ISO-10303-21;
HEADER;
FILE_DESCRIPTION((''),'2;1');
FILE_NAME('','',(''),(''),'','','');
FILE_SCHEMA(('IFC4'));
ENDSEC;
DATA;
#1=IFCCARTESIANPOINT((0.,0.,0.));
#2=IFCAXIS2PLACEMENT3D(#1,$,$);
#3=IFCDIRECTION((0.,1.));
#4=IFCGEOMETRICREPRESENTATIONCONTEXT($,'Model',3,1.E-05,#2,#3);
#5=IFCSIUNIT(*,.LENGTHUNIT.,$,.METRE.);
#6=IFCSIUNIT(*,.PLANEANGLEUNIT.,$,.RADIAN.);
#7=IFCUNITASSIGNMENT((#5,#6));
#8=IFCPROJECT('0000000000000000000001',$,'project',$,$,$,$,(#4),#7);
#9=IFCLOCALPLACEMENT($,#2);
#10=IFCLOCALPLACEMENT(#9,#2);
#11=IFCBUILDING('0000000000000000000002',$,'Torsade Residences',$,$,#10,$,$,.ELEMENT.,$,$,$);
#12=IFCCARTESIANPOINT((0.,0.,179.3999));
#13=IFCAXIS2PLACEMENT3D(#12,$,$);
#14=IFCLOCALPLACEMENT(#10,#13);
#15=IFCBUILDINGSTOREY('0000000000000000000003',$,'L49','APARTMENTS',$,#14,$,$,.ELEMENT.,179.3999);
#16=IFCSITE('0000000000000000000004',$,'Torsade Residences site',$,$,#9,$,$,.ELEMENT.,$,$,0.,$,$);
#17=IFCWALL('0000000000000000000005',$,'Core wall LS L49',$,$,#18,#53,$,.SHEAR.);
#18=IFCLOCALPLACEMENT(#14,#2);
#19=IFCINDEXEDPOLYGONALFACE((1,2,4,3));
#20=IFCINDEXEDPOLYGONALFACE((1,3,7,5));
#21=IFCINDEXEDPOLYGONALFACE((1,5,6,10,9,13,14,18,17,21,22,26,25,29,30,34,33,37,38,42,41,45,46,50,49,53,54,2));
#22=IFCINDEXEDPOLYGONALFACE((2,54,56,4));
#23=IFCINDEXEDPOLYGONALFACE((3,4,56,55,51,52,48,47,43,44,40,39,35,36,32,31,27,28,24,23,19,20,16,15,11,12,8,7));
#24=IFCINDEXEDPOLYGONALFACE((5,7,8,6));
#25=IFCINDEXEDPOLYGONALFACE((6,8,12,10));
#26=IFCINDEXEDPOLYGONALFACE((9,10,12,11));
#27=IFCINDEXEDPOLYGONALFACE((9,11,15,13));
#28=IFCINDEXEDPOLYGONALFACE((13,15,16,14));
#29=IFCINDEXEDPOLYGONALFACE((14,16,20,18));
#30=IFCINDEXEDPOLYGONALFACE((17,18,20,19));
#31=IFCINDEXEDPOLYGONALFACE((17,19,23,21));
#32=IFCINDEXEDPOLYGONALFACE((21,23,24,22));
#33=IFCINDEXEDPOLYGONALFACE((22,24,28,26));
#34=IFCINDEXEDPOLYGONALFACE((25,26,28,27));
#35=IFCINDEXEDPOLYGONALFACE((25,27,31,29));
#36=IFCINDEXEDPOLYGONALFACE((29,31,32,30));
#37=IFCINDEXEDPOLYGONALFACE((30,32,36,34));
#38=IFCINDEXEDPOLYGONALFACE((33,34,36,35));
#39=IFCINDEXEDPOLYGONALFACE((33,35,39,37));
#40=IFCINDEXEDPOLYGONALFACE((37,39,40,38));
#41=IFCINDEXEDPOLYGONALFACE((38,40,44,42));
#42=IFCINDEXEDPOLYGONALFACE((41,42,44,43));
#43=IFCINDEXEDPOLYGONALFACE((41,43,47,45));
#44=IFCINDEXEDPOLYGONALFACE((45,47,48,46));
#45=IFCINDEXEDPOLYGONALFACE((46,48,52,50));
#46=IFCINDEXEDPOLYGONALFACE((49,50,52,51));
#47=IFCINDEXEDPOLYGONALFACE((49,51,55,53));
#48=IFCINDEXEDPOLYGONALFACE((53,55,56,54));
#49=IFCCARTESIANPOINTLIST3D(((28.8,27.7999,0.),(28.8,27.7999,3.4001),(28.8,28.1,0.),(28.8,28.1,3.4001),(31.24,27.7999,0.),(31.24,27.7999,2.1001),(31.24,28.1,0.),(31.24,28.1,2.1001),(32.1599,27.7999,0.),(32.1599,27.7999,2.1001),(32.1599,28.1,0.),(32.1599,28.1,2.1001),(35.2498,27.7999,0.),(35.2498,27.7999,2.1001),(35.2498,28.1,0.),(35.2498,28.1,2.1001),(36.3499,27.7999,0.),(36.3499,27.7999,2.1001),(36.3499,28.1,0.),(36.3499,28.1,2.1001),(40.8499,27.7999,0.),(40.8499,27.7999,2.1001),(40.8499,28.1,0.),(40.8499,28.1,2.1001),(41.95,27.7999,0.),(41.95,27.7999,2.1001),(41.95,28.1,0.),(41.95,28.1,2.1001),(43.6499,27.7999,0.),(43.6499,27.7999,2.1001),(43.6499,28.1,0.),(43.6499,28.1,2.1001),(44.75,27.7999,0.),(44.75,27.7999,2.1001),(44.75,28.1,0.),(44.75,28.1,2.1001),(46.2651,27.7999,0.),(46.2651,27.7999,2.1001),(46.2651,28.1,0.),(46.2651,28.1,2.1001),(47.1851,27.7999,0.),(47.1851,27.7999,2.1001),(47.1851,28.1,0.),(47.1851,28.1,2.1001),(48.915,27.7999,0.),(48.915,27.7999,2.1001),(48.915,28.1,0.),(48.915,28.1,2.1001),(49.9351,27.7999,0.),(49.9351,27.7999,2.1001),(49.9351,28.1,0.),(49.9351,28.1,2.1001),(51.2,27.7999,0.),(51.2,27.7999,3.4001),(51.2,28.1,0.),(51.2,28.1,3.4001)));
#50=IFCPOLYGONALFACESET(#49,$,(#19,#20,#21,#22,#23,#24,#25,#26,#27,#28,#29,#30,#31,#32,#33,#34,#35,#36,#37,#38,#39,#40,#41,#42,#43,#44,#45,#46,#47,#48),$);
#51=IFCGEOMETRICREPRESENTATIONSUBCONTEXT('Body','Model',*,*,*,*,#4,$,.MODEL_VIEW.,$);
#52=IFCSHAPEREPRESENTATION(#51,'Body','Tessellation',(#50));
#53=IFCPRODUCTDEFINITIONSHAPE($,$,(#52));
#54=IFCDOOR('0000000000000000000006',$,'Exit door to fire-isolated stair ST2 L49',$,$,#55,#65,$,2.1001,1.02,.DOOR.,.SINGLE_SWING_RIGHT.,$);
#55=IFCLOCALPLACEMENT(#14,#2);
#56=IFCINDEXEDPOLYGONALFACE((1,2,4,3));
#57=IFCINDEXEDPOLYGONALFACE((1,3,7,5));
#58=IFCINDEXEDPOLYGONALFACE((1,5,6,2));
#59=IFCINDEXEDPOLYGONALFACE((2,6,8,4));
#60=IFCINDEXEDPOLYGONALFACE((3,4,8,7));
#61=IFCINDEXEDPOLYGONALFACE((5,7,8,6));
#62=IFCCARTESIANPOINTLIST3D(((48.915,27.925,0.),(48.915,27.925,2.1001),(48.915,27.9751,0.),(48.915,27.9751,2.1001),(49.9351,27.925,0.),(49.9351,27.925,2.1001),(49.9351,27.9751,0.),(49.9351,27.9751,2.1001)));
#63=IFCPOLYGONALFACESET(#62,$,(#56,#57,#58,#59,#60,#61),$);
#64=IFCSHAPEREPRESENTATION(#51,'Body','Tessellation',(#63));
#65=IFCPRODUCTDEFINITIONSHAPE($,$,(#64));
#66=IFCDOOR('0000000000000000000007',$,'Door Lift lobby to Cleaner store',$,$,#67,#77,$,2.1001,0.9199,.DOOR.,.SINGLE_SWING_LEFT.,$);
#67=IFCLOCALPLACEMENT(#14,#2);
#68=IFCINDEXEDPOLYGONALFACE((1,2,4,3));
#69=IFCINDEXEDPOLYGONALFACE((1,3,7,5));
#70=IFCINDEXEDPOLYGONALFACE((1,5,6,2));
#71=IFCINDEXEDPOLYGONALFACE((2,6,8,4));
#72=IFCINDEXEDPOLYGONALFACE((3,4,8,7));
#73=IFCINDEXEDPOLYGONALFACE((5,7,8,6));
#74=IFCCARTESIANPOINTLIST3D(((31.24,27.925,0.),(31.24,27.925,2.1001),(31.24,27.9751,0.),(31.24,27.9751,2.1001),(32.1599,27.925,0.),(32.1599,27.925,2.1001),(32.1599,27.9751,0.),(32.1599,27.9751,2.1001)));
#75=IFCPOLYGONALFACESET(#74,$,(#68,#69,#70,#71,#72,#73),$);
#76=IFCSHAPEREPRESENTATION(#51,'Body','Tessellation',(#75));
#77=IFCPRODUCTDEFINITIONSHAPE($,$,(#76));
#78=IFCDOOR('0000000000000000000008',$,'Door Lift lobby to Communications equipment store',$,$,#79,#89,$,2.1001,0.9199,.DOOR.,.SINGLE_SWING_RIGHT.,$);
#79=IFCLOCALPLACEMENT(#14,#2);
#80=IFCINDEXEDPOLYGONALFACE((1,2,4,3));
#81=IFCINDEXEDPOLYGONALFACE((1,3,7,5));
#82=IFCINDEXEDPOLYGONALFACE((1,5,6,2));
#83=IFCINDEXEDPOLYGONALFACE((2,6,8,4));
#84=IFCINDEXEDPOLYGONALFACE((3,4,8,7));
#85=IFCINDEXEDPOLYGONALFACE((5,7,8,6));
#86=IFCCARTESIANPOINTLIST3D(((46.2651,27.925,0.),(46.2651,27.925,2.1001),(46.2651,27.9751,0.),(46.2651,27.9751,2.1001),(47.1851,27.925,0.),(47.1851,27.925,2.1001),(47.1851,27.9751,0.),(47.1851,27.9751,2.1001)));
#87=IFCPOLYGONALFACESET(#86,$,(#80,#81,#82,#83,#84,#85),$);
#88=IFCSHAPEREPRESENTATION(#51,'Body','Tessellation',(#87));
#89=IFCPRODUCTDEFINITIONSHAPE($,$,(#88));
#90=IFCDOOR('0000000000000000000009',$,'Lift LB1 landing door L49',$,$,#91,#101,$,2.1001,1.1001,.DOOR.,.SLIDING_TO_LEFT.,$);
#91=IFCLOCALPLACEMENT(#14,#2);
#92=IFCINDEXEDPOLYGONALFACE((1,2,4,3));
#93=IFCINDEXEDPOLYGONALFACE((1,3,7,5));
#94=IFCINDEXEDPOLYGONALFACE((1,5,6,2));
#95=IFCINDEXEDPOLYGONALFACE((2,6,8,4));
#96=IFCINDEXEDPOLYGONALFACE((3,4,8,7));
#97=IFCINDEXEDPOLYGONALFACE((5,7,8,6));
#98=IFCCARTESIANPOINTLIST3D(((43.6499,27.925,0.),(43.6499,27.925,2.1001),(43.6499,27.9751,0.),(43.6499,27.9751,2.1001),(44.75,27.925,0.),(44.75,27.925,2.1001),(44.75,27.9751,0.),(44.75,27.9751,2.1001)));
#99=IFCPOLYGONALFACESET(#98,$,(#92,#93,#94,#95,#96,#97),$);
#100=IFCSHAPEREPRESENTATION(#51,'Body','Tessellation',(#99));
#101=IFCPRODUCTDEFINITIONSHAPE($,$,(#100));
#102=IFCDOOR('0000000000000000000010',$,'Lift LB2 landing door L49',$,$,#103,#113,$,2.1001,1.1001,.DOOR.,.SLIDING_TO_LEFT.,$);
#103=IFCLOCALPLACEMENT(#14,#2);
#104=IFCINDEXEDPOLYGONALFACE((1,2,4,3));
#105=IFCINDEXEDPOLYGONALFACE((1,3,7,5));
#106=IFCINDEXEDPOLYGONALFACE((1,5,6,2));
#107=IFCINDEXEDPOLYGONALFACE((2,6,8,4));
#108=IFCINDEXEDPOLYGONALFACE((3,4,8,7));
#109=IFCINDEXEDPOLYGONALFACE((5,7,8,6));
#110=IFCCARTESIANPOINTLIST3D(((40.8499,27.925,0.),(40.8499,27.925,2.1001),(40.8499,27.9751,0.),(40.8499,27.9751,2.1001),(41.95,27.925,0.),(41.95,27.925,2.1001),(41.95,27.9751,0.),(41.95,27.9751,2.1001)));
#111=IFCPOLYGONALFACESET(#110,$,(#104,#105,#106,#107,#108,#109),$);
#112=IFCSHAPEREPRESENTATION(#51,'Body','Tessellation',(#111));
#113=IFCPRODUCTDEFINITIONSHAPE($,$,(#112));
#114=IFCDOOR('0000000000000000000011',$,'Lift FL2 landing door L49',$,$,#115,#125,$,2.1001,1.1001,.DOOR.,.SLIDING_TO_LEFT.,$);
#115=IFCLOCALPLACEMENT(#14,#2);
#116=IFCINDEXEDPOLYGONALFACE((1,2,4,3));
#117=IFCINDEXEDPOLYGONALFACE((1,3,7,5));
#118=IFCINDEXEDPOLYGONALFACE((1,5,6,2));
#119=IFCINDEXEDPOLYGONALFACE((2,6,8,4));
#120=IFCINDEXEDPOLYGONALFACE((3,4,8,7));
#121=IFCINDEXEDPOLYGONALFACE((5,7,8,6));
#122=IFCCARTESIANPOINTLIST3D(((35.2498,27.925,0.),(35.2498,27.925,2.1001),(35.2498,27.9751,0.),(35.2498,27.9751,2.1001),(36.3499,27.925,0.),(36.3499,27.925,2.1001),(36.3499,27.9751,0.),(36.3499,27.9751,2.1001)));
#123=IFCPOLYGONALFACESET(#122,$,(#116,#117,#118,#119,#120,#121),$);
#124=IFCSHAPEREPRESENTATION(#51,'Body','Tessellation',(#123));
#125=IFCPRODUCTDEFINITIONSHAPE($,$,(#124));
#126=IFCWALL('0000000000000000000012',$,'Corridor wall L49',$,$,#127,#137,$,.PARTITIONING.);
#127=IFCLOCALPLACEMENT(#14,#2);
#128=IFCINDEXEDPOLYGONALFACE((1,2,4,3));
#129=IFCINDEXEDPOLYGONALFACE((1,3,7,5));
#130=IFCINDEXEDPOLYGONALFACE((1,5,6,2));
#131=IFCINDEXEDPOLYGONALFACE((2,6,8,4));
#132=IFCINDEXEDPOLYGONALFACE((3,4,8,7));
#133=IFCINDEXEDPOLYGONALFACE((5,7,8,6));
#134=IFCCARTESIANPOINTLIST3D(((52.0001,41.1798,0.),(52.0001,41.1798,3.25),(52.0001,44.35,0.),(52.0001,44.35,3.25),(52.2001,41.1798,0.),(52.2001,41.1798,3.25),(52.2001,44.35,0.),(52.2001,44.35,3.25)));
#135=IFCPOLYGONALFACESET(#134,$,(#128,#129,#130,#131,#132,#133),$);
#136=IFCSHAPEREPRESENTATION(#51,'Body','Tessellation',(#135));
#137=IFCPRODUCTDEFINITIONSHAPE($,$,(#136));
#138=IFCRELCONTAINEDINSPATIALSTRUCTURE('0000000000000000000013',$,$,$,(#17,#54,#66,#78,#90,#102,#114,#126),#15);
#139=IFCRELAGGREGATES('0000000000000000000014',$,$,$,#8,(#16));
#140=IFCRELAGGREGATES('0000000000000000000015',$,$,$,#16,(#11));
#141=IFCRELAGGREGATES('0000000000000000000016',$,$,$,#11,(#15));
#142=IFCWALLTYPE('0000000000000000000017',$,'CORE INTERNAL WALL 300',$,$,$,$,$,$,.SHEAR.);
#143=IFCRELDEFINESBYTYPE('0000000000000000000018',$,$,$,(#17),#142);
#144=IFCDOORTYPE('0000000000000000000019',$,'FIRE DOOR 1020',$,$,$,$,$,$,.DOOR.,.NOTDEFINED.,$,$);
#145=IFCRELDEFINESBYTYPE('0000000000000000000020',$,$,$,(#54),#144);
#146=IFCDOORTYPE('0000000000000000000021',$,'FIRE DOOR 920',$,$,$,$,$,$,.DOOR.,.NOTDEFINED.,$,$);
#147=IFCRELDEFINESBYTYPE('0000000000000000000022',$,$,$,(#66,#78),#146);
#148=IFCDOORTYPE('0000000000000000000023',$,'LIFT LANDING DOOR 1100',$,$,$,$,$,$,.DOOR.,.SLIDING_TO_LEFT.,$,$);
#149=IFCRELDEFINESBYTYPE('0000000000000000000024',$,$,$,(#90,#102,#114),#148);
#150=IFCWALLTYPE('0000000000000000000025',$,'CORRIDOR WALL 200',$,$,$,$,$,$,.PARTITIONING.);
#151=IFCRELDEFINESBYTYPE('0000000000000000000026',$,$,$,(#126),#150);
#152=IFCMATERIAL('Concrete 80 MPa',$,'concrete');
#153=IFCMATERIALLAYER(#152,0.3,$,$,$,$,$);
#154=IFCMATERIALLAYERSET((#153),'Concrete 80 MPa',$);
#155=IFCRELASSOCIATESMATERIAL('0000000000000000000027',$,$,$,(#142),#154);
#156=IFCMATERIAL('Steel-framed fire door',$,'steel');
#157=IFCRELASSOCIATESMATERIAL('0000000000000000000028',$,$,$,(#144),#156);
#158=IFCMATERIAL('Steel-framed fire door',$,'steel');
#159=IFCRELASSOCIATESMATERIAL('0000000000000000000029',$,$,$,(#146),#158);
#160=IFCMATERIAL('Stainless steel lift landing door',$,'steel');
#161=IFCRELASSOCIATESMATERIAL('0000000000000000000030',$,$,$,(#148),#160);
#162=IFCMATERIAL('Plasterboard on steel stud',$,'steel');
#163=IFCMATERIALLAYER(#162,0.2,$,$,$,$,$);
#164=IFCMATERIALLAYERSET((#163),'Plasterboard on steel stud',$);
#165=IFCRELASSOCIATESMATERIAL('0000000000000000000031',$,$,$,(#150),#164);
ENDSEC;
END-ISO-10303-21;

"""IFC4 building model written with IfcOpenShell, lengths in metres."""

from ifc_helpers import new_model, si_unit, direction, frame, frame_2d, origin, place, context, subcontext, project, spatial, rectangle, extrude, material, layer, layer_set, type_object, element, fill, save


model = new_model("IFC4")

# Units and contexts
model_context = context("Model", 3, precision=1e-05, world=origin(), true_north=direction((0.0, 1.0)))
body_context = subcontext(model_context, "Body", "Model", "MODEL_VIEW")
ifc_project = project(units=[si_unit("LENGTHUNIT", "METRE"), si_unit("PLANEANGLEUNIT", "RADIAN")], contexts=[model_context])

# Site, building, storey
site_placement = place(None, origin())
site = spatial("IfcSite", under=ifc_project, at=site_placement, Name="Torsade Residences site", CompositionType="ELEMENT", RefElevation=0.0)
building_placement = place(site_placement, origin())
building = spatial("IfcBuilding", under=site, at=building_placement, Name="Torsade Residences", CompositionType="ELEMENT")
storey_placement = place(building_placement, frame((0.0, 0.0, 179.3999)))
storey = spatial("IfcBuildingStorey", under=building, at=storey_placement, Name="L49", Description="APARTMENTS", CompositionType="ELEMENT", Elevation=179.3999)

# Wall, openings, doors
ifc_material_1 = material(Name="Concrete 80 MPa", Category="concrete")
ifc_layer_1 = layer(ifc_material_1, 0.3)
ifc_layer_set_1 = layer_set([ifc_layer_1], Name="Concrete 80 MPa")
wall_type_1 = type_object("IfcWallType", Name="CORE INTERNAL WALL 300", PredefinedType="SHEAR", material=ifc_layer_set_1)
wall_1_placement = place(storey_placement, frame((51.2, 27.95, 0.0), z_axis=(0.0, 0.0, 1.0), x_axis=(-1.0, 0.0, 0.0)))
wall_1 = element("IfcWall", 1, at=wall_1_placement, inside=storey, type_object=wall_type_1, Name="Core wall LS L49", PredefinedType="SHEAR", context=body_context, shape_type="SweptSolid", body=[
    extrude(rectangle(XDim=22.3999, YDim=0.3, at=frame_2d((11.2, 0.0))), origin(), (0.0, 0.0, 1.0), 3.4001),
])
opening_1_placement = place(wall_1_placement, frame((19.04, 0.0, 0.0)))
opening_1 = element("IfcOpeningElement", 2, at=opening_1_placement, cuts=wall_1, PredefinedType="OPENING", context=body_context, shape_type="SweptSolid", body=[
    extrude(rectangle(XDim=0.9199, YDim=2.1001, at=frame_2d((0.46, 1.05))), frame((0.0, 0.1599, 0.0), z_axis=(0.0, -1.0, 0.0), x_axis=(1.0, 0.0, 0.0)), (0.0, 0.0, 1.0), 0.3201),
])
opening_2_placement = place(wall_1_placement, frame((1.2649, 0.0, 0.0)))
opening_2 = element("IfcOpeningElement", 3, at=opening_2_placement, cuts=wall_1, PredefinedType="OPENING", context=body_context, shape_type="SweptSolid", body=[
    extrude(rectangle(XDim=1.02, YDim=2.1001, at=frame_2d((0.51, 1.05))), frame((0.0, 0.1599, 0.0), z_axis=(0.0, -1.0, 0.0), x_axis=(1.0, 0.0, 0.0)), (0.0, 0.0, 1.0), 0.3201),
])
opening_3_placement = place(wall_1_placement, frame((4.0149, 0.0, 0.0)))
opening_3 = element("IfcOpeningElement", 4, at=opening_3_placement, cuts=wall_1, PredefinedType="OPENING", context=body_context, shape_type="SweptSolid", body=[
    extrude(rectangle(XDim=0.9199, YDim=2.1001, at=frame_2d((0.46, 1.05))), frame((0.0, 0.1599, 0.0), z_axis=(0.0, -1.0, 0.0), x_axis=(1.0, 0.0, 0.0)), (0.0, 0.0, 1.0), 0.3201),
])
opening_4_placement = place(wall_1_placement, frame((6.45, 0.0, 0.0)))
opening_4 = element("IfcOpeningElement", 5, at=opening_4_placement, cuts=wall_1, PredefinedType="OPENING", context=body_context, shape_type="SweptSolid", body=[
    extrude(rectangle(XDim=1.1001, YDim=2.1001, at=frame_2d((0.55, 1.05))), frame((0.0, 0.1599, 0.0), z_axis=(0.0, -1.0, 0.0), x_axis=(1.0, 0.0, 0.0)), (0.0, 0.0, 1.0), 0.3201),
])
opening_5_placement = place(wall_1_placement, frame((9.25, 0.0, 0.0)))
opening_5 = element("IfcOpeningElement", 6, at=opening_5_placement, cuts=wall_1, PredefinedType="OPENING", context=body_context, shape_type="SweptSolid", body=[
    extrude(rectangle(XDim=1.1001, YDim=2.1001, at=frame_2d((0.55, 1.05))), frame((0.0, 0.1599, 0.0), z_axis=(0.0, -1.0, 0.0), x_axis=(1.0, 0.0, 0.0)), (0.0, 0.0, 1.0), 0.3201),
])
opening_6_placement = place(wall_1_placement, frame((14.8501, 0.0, 0.0)))
opening_6 = element("IfcOpeningElement", 7, at=opening_6_placement, cuts=wall_1, PredefinedType="OPENING", context=body_context, shape_type="SweptSolid", body=[
    extrude(rectangle(XDim=1.1001, YDim=2.1001, at=frame_2d((0.55, 1.05))), frame((0.0, 0.1599, 0.0), z_axis=(0.0, -1.0, 0.0), x_axis=(1.0, 0.0, 0.0)), (0.0, 0.0, 1.0), 0.3201),
])
ifc_material_2 = material(Name="Steel-framed fire door", Category="steel")
door_type_1 = type_object("IfcDoorType", Name="FIRE DOOR 1020", OperationType="NOTDEFINED", PredefinedType="DOOR", material=ifc_material_2)
door_1_placement = place(opening_2_placement, origin())
door_1 = element("IfcDoor", 8, at=door_1_placement, inside=storey, type_object=door_type_1, Name="Exit door to fire-isolated stair ST2 L49", OperationType="SINGLE_SWING_RIGHT", OverallHeight=2.1001, OverallWidth=1.02, PredefinedType="DOOR", context=body_context, shape_type="SweptSolid", body=[
    extrude(rectangle(XDim=1.02, YDim=2.1001, at=frame_2d((0.51, 1.05))), frame((0.0, 0.0249, 0.0), z_axis=(0.0, -1.0, 0.0), x_axis=(1.0, 0.0, 0.0)), (0.0, 0.0, 1.0), 0.05),
])
fill(opening_2, door_1)
ifc_material_3 = material(Name="Steel-framed fire door", Category="steel")
door_type_2 = type_object("IfcDoorType", Name="FIRE DOOR 920", OperationType="NOTDEFINED", PredefinedType="DOOR", material=ifc_material_3)
door_2_placement = place(opening_1_placement, origin())
door_2 = element("IfcDoor", 9, at=door_2_placement, inside=storey, type_object=door_type_2, Name="Door Lift lobby to Cleaner store", OperationType="SINGLE_SWING_LEFT", OverallHeight=2.1001, OverallWidth=0.9199, PredefinedType="DOOR", context=body_context, shape_type="SweptSolid", body=[
    extrude(rectangle(XDim=0.9199, YDim=2.1001, at=frame_2d((0.46, 1.05))), frame((0.0, 0.0249, 0.0), z_axis=(0.0, -1.0, 0.0), x_axis=(1.0, 0.0, 0.0)), (0.0, 0.0, 1.0), 0.05),
])
fill(opening_1, door_2)
door_3_placement = place(opening_3_placement, origin())
door_3 = element("IfcDoor", 10, at=door_3_placement, inside=storey, type_object=door_type_2, Name="Door Lift lobby to Communications equipment store", OperationType="SINGLE_SWING_RIGHT", OverallHeight=2.1001, OverallWidth=0.9199, PredefinedType="DOOR", context=body_context, shape_type="SweptSolid", body=[
    extrude(rectangle(XDim=0.9199, YDim=2.1001, at=frame_2d((0.46, 1.05))), frame((0.0, 0.0249, 0.0), z_axis=(0.0, -1.0, 0.0), x_axis=(1.0, 0.0, 0.0)), (0.0, 0.0, 1.0), 0.05),
])
fill(opening_3, door_3)
ifc_material_4 = material(Name="Stainless steel lift landing door", Category="steel")
door_type_3 = type_object("IfcDoorType", Name="LIFT LANDING DOOR 1100", OperationType="SLIDING_TO_LEFT", PredefinedType="DOOR", material=ifc_material_4)
door_4_placement = place(opening_4_placement, origin())
door_4 = element("IfcDoor", 11, at=door_4_placement, inside=storey, type_object=door_type_3, Name="Lift LB1 landing door L49", OperationType="SLIDING_TO_LEFT", OverallHeight=2.1001, OverallWidth=1.1001, PredefinedType="DOOR", context=body_context, shape_type="SweptSolid", body=[
    extrude(rectangle(XDim=1.1001, YDim=2.1001, at=frame_2d((0.55, 1.05))), frame((0.0, 0.0249, 0.0), z_axis=(0.0, -1.0, 0.0), x_axis=(1.0, 0.0, 0.0)), (0.0, 0.0, 1.0), 0.05),
])
fill(opening_4, door_4)
door_5_placement = place(opening_5_placement, origin())
door_5 = element("IfcDoor", 12, at=door_5_placement, inside=storey, type_object=door_type_3, Name="Lift LB2 landing door L49", OperationType="SLIDING_TO_LEFT", OverallHeight=2.1001, OverallWidth=1.1001, PredefinedType="DOOR", context=body_context, shape_type="SweptSolid", body=[
    extrude(rectangle(XDim=1.1001, YDim=2.1001, at=frame_2d((0.55, 1.05))), frame((0.0, 0.0249, 0.0), z_axis=(0.0, -1.0, 0.0), x_axis=(1.0, 0.0, 0.0)), (0.0, 0.0, 1.0), 0.05),
])
fill(opening_5, door_5)
door_6_placement = place(opening_6_placement, origin())
door_6 = element("IfcDoor", 13, at=door_6_placement, inside=storey, type_object=door_type_3, Name="Lift FL2 landing door L49", OperationType="SLIDING_TO_LEFT", OverallHeight=2.1001, OverallWidth=1.1001, PredefinedType="DOOR", context=body_context, shape_type="SweptSolid", body=[
    extrude(rectangle(XDim=1.1001, YDim=2.1001, at=frame_2d((0.55, 1.05))), frame((0.0, 0.0249, 0.0), z_axis=(0.0, -1.0, 0.0), x_axis=(1.0, 0.0, 0.0)), (0.0, 0.0, 1.0), 0.05),
])
fill(opening_6, door_6)

# Wall
ifc_material_5 = material(Name="Plasterboard on steel stud", Category="steel")
ifc_layer_2 = layer(ifc_material_5, 0.2)
ifc_layer_set_2 = layer_set([ifc_layer_2], Name="Plasterboard on steel stud")
wall_type_2 = type_object("IfcWallType", Name="CORRIDOR WALL 200", PredefinedType="PARTITIONING", material=ifc_layer_set_2)
wall_2_placement = place(storey_placement, frame((52.1001, 41.1799, 0.0), z_axis=(0.0, 0.0, 1.0), x_axis=(0.0, 1.0, 0.0)))
element("IfcWall", 14, at=wall_2_placement, inside=storey, type_object=wall_type_2, Name="Corridor wall L49", PredefinedType="PARTITIONING", context=body_context, shape_type="SweptSolid", body=[
    extrude(rectangle(XDim=3.1702, YDim=0.2, at=frame_2d((1.585, 0.0))), origin(), (0.0, 0.0, 1.0), 3.25),
])

save(model, "model.ifc")
